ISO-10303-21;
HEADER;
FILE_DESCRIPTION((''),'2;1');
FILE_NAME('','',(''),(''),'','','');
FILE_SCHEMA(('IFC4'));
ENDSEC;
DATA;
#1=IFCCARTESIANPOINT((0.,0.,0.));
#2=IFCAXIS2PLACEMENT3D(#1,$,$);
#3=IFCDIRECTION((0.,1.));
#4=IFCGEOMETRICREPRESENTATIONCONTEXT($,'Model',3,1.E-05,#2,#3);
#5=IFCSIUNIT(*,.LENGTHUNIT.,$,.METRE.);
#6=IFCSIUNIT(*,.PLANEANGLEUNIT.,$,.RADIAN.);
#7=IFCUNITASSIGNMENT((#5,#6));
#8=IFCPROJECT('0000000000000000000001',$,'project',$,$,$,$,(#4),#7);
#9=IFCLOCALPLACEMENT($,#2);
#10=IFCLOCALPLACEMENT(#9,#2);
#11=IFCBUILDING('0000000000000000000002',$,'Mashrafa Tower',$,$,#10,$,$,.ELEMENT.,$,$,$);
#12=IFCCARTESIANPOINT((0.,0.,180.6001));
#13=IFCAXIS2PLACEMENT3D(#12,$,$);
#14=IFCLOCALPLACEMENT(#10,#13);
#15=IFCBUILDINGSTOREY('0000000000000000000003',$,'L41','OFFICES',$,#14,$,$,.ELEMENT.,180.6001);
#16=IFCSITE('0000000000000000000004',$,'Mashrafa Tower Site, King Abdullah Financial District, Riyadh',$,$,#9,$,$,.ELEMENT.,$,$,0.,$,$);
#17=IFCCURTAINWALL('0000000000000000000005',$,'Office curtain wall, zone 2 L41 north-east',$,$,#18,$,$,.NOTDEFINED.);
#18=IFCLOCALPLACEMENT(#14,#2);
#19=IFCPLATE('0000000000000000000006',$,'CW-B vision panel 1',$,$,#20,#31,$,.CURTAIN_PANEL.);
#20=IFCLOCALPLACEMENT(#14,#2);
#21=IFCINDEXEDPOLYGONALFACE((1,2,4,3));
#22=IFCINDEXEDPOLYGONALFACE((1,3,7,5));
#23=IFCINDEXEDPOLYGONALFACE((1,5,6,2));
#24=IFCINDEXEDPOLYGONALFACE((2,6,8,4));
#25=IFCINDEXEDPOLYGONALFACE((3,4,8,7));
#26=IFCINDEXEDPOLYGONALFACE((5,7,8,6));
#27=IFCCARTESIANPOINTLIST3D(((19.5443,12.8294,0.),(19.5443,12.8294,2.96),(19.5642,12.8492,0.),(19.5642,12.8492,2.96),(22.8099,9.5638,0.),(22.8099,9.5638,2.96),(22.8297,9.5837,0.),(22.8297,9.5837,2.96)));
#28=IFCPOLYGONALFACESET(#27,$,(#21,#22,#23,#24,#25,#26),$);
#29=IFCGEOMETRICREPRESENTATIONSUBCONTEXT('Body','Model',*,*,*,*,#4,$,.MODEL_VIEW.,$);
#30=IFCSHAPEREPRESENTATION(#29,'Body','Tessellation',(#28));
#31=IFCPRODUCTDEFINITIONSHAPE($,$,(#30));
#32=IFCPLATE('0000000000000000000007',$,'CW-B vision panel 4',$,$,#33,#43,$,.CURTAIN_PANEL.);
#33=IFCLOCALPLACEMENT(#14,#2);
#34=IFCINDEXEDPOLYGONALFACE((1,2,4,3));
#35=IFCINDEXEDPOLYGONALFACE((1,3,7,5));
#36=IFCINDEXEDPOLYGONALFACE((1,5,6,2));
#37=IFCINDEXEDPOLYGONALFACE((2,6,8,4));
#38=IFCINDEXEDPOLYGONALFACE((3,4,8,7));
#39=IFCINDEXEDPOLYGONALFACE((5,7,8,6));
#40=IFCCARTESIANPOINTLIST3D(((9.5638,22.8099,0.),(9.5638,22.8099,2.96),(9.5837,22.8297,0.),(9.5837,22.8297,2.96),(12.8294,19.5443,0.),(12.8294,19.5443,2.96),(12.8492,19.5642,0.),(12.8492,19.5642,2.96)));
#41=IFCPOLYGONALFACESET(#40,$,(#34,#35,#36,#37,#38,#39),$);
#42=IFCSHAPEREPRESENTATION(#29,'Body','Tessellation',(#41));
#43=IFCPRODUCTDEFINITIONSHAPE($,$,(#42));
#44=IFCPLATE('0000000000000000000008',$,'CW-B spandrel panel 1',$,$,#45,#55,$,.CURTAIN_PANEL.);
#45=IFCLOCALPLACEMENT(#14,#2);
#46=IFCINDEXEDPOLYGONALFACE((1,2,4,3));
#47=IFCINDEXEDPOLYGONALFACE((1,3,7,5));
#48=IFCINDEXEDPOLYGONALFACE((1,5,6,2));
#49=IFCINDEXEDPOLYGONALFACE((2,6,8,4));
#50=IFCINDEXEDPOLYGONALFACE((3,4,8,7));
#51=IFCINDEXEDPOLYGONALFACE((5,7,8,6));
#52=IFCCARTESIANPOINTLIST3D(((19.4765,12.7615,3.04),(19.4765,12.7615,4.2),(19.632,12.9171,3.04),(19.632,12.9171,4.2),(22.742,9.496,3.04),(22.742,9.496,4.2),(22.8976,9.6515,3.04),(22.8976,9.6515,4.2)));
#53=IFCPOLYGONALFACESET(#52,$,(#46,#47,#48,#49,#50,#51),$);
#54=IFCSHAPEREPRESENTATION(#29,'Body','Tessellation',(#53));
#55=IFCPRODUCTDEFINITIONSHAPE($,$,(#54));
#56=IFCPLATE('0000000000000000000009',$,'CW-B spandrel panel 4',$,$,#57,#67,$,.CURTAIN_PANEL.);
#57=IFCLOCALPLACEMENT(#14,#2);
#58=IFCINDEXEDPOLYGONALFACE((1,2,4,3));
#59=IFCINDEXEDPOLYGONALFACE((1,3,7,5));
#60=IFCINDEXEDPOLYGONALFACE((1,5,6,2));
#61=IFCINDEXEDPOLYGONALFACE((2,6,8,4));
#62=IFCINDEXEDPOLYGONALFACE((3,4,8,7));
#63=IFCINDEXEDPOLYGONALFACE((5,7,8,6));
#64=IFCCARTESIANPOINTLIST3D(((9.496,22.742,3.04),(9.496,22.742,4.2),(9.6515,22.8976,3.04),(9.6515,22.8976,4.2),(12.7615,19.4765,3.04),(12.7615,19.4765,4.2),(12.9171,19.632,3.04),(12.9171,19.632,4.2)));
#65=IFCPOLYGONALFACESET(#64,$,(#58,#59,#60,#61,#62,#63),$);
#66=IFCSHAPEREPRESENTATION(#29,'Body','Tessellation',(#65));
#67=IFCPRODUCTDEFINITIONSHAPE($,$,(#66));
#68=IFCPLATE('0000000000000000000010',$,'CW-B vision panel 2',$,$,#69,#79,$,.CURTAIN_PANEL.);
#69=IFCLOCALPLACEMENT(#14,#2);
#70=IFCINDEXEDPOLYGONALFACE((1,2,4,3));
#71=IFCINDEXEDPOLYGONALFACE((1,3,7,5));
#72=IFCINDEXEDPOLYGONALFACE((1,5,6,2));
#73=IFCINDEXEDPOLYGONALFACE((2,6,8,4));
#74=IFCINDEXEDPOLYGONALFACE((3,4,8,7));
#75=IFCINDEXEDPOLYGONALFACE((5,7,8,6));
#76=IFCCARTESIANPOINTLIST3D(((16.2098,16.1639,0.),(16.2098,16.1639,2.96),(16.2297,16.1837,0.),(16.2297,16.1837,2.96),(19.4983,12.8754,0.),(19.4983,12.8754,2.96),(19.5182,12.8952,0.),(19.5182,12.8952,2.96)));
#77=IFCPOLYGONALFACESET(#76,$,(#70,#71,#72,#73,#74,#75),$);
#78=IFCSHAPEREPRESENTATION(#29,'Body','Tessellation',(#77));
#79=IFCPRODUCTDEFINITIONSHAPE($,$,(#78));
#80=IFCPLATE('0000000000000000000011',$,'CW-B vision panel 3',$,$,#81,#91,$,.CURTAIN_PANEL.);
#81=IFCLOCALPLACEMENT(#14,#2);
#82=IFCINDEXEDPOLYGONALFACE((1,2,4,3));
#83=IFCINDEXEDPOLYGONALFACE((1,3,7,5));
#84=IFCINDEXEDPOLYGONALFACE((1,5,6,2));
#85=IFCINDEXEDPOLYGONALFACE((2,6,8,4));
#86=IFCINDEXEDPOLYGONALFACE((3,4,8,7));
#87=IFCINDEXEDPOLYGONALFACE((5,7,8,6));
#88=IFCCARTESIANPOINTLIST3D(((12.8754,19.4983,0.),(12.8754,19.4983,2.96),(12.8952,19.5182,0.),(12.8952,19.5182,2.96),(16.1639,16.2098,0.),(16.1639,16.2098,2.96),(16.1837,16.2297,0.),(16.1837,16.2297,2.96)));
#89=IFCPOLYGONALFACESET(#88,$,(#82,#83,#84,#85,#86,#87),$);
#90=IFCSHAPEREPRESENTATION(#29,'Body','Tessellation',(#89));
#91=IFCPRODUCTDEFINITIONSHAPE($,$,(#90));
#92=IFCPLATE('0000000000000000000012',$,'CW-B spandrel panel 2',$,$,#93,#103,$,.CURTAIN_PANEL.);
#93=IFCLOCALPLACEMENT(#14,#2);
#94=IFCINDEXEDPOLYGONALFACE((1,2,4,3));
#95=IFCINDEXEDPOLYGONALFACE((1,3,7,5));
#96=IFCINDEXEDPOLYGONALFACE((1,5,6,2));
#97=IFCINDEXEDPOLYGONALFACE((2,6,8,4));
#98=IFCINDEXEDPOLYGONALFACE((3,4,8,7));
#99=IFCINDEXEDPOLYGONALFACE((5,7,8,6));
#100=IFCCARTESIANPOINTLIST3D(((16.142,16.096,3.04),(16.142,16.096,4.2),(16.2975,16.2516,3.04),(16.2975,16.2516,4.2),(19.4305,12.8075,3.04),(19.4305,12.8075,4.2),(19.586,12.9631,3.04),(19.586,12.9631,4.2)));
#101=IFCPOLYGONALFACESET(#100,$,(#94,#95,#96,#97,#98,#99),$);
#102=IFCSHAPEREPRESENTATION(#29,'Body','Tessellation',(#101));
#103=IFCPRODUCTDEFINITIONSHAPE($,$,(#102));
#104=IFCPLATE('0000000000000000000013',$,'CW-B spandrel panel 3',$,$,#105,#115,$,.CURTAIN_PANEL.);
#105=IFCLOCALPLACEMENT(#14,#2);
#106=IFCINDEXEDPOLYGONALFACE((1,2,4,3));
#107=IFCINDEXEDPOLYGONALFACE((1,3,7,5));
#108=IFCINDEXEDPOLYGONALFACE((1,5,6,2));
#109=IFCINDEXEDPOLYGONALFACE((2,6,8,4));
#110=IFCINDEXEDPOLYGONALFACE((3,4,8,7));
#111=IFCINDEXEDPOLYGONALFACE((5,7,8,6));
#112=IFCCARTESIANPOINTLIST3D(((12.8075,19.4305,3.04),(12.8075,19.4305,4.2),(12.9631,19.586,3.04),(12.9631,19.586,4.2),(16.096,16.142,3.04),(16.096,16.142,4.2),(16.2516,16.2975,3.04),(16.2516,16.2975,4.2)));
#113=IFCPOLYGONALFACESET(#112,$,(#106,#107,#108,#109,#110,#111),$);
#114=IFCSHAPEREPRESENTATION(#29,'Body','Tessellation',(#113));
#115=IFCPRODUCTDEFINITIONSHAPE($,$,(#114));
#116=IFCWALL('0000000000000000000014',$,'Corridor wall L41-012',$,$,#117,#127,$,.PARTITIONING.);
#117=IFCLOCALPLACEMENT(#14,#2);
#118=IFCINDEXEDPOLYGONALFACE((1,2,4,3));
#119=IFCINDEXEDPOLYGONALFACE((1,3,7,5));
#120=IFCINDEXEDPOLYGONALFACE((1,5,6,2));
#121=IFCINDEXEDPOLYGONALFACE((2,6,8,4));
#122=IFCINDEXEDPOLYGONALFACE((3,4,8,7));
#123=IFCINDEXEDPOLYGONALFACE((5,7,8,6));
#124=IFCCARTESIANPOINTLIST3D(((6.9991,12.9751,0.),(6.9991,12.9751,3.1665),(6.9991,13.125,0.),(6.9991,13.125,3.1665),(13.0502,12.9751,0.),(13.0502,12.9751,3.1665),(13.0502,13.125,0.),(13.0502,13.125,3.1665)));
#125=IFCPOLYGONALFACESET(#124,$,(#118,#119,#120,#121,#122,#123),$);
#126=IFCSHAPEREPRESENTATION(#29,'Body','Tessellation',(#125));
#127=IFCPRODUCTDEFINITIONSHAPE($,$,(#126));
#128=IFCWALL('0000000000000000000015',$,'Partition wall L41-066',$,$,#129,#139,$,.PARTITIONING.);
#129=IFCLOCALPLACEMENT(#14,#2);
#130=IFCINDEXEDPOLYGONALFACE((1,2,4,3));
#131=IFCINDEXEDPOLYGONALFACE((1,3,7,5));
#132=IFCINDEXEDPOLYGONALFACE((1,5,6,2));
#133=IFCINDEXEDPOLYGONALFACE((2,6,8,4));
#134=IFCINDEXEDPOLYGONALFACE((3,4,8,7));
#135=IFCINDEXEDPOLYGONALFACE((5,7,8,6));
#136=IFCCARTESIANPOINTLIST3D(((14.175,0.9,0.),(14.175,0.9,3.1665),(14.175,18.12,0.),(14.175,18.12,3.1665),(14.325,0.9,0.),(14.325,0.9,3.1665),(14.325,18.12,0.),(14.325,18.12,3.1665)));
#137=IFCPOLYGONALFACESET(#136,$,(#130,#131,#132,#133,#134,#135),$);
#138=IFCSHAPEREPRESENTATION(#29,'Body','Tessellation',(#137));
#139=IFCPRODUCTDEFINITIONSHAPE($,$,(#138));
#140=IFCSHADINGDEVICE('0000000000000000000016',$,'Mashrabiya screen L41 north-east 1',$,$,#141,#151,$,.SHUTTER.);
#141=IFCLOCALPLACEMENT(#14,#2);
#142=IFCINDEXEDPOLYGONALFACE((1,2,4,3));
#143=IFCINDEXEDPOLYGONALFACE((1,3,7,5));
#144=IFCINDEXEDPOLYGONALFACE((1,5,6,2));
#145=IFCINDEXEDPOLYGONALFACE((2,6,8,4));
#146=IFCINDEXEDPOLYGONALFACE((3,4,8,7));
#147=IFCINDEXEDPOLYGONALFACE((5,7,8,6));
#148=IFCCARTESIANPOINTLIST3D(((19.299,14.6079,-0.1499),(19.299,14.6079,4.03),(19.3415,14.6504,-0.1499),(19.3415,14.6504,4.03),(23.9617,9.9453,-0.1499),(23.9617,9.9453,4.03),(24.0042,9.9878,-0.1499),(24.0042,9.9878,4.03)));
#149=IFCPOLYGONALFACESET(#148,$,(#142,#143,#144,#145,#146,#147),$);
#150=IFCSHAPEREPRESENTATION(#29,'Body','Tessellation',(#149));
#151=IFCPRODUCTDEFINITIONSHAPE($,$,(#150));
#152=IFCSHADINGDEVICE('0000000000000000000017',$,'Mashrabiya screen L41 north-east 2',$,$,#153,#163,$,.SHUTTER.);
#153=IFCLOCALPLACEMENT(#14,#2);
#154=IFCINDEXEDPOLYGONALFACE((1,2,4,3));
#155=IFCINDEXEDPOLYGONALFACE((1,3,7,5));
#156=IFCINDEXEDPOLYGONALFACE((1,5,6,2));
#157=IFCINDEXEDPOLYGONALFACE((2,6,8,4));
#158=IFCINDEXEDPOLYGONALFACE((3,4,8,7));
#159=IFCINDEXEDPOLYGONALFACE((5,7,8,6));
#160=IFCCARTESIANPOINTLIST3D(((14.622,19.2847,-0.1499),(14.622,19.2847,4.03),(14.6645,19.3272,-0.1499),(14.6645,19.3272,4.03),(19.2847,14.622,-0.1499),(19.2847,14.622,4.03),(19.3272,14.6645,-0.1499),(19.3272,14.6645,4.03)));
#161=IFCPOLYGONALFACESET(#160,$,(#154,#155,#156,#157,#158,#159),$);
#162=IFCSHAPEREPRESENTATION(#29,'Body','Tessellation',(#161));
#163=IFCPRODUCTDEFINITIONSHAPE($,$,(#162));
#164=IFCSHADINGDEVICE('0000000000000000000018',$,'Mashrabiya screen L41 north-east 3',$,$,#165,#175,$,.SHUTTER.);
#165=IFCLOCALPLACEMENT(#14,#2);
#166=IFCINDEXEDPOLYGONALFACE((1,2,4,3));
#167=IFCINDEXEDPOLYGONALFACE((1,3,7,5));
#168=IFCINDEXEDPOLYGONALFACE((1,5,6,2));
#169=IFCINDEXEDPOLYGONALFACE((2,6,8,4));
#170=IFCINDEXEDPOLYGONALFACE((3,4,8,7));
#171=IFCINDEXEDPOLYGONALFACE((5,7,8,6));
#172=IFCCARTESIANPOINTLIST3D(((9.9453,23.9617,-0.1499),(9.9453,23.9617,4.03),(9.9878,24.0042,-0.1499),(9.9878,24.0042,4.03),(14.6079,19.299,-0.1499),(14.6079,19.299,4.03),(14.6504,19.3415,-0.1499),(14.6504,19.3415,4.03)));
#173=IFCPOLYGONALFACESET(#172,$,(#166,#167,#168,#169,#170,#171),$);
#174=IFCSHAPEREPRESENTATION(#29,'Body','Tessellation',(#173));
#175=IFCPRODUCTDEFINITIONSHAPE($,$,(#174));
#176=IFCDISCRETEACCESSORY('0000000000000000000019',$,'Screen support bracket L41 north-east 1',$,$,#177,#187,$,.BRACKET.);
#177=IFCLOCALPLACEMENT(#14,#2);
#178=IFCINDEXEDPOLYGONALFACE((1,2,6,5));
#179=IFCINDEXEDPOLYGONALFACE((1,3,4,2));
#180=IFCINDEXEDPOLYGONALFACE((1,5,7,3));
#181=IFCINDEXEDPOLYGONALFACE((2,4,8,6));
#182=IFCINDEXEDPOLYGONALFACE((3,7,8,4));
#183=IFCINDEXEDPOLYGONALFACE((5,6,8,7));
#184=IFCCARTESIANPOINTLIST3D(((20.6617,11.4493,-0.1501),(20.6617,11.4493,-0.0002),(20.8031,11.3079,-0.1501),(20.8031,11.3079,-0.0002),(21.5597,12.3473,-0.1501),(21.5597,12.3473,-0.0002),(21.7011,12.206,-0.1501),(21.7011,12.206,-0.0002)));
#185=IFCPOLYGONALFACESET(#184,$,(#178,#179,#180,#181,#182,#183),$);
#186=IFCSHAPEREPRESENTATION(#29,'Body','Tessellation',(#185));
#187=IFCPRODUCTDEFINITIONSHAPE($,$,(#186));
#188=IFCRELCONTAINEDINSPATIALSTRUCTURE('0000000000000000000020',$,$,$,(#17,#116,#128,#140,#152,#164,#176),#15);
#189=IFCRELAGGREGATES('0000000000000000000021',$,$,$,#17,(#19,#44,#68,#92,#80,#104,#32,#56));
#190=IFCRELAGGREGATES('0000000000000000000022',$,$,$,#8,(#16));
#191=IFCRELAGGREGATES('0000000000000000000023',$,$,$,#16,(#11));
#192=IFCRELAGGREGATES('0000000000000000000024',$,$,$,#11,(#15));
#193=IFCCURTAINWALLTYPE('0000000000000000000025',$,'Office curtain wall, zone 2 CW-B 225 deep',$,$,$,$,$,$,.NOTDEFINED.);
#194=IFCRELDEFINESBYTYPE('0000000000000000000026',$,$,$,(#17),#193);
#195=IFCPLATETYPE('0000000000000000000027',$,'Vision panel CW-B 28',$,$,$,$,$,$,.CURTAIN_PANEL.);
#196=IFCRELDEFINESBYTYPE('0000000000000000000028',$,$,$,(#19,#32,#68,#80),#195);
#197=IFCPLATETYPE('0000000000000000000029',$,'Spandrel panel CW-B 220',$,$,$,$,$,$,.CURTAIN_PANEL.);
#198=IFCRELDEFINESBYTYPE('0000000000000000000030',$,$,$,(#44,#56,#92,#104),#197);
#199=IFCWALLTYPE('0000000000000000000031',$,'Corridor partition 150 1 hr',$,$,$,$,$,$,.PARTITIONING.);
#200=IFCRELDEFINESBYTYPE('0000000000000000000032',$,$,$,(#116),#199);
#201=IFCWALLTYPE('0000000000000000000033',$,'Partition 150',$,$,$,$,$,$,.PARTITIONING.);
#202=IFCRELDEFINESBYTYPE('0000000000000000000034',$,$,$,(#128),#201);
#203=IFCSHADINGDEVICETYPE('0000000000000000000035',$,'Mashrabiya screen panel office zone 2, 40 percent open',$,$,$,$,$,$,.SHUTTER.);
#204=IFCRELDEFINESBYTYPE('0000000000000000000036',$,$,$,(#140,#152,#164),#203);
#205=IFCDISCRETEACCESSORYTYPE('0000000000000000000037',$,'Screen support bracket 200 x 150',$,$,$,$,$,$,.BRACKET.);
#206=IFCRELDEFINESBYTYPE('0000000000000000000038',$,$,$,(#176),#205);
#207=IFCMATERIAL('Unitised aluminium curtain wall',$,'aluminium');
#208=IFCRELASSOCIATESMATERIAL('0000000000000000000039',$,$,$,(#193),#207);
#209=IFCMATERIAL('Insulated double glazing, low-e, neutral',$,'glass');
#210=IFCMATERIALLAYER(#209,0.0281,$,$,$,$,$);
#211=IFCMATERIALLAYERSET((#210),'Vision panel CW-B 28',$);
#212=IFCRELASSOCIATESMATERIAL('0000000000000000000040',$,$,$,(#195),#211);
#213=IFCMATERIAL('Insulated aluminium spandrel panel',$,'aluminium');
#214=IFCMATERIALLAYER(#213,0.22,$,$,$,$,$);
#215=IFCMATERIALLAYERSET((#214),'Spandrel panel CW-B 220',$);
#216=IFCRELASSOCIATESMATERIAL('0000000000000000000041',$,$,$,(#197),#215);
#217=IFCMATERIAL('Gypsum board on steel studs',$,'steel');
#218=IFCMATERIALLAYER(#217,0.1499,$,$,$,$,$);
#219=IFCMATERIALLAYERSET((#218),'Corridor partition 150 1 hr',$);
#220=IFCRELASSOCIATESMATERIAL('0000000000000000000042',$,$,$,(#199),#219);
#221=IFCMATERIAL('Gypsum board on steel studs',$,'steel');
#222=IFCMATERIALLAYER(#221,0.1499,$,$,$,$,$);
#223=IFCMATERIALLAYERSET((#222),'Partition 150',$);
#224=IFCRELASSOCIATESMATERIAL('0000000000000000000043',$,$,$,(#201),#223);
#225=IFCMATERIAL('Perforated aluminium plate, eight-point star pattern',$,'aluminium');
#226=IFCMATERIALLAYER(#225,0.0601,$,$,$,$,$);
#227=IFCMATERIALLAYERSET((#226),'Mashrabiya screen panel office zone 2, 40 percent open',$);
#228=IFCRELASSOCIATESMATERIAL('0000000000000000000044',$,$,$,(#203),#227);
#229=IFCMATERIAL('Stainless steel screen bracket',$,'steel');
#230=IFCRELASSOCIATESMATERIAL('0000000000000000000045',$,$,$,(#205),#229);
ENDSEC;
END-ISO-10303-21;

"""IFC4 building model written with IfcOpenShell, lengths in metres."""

from ifc_helpers import new_model, si_unit, direction, frame, frame_2d, origin, origin_2d, place, context, subcontext, project, spatial, rectangle, extrude, source, transform, mapped, material, layer, layer_set, type_object, type_shapes, element, aggregate, save


model = new_model("IFC4")

# Units and contexts
model_context = context("Model", 3, precision=1e-05, world=origin(), true_north=direction((0.0, 1.0)))
body_context = subcontext(model_context, "Body", "Model", "MODEL_VIEW")
ifc_project = project(units=[si_unit("LENGTHUNIT", "METRE"), si_unit("PLANEANGLEUNIT", "RADIAN")], contexts=[model_context])

# Site, building, storey
site_placement = place(None, origin())
site = spatial("IfcSite", under=ifc_project, at=site_placement, Name="Mashrafa Tower Site, King Abdullah Financial District, Riyadh", CompositionType="ELEMENT", RefElevation=0.0)
building_placement = place(site_placement, origin())
building = spatial("IfcBuilding", under=site, at=building_placement, Name="Mashrafa Tower", CompositionType="ELEMENT")
storey_placement = place(building_placement, frame((0.0, 0.0, 180.6001)))
storey = spatial("IfcBuildingStorey", under=building, at=storey_placement, Name="L41", Description="OFFICES", CompositionType="ELEMENT", Elevation=180.6001)

# Curtain wall, plates
ifc_material_1 = material(Name="Unitised aluminium curtain wall", Category="aluminium")
curtain_wall_type = type_object("IfcCurtainWallType", Name="Office curtain wall, zone 2 CW-B 225 deep", PredefinedType="NOTDEFINED", material=ifc_material_1)
curtain_wall_placement = place(storey_placement, origin())
curtain_wall = element("IfcCurtainWall", 1, at=curtain_wall_placement, inside=storey, type_object=curtain_wall_type, Name="Office curtain wall, zone 2 L41 north-east", PredefinedType="NOTDEFINED")
ifc_material_2 = material(Name="Insulated double glazing, low-e, neutral", Category="glass")
ifc_layer_1 = layer(ifc_material_2, 0.0281)
ifc_layer_set_1 = layer_set([ifc_layer_1], Name="Vision panel CW-B 28")
plate_type_1 = type_object("IfcPlateType", Name="Vision panel CW-B 28", PredefinedType="CURTAIN_PANEL", material=ifc_layer_set_1)
shared_shape_1 = source(origin(), body_context, "Body", "SweptSolid", [
    extrude(rectangle(XDim=4.6182, YDim=0.0281, at=origin_2d()), origin(), (0.0, 0.0, 1.0), 2.96),
])
plate_1_placement = place(storey_placement, frame((21.187, 11.2065, 0.0), z_axis=(0.0, 0.0, 1.0), x_axis=(-0.707107, 0.707107, 0.0)))
plate_1 = element("IfcPlate", 2, at=plate_1_placement, type_object=plate_type_1, Name="CW-B vision panel 1", PredefinedType="CURTAIN_PANEL", context=body_context, shape_type="MappedRepresentation", body=[
    mapped(shared_shape_1, transform((0.0, 0.0, 0.0))),
])
plate_2_placement = place(storey_placement, frame((11.2065, 21.187, 0.0), z_axis=(0.0, 0.0, 1.0), x_axis=(-0.707107, 0.707107, 0.0)))
plate_2 = element("IfcPlate", 3, at=plate_2_placement, type_object=plate_type_1, Name="CW-B vision panel 4", PredefinedType="CURTAIN_PANEL", context=body_context, shape_type="MappedRepresentation", body=[
    mapped(shared_shape_1, transform((0.0, 0.0, 0.0))),
])
ifc_material_3 = material(Name="Insulated aluminium spandrel panel", Category="aluminium")
ifc_layer_2 = layer(ifc_material_3, 0.22)
ifc_layer_set_2 = layer_set([ifc_layer_2], Name="Spandrel panel CW-B 220")
plate_type_2 = type_object("IfcPlateType", Name="Spandrel panel CW-B 220", PredefinedType="CURTAIN_PANEL", material=ifc_layer_set_2)
shared_shape_2 = source(origin(), body_context, "Body", "SweptSolid", [
    extrude(rectangle(XDim=4.6182, YDim=0.22, at=origin_2d()), origin(), (0.0, 0.0, 1.0), 1.1599),
])
plate_3_placement = place(storey_placement, frame((21.187, 11.2065, 3.04), z_axis=(0.0, 0.0, 1.0), x_axis=(-0.707107, 0.707107, 0.0)))
plate_3 = element("IfcPlate", 4, at=plate_3_placement, type_object=plate_type_2, Name="CW-B spandrel panel 1", PredefinedType="CURTAIN_PANEL", context=body_context, shape_type="MappedRepresentation", body=[
    mapped(shared_shape_2, transform((0.0, 0.0, 0.0))),
])
plate_4_placement = place(storey_placement, frame((11.2065, 21.187, 3.04), z_axis=(0.0, 0.0, 1.0), x_axis=(-0.707107, 0.707107, 0.0)))
plate_4 = element("IfcPlate", 5, at=plate_4_placement, type_object=plate_type_2, Name="CW-B spandrel panel 4", PredefinedType="CURTAIN_PANEL", context=body_context, shape_type="MappedRepresentation", body=[
    mapped(shared_shape_2, transform((0.0, 0.0, 0.0))),
])
shared_shape_3 = source(origin(), body_context, "Body", "SweptSolid", [
    extrude(rectangle(XDim=4.6506, YDim=0.0281, at=origin_2d()), origin(), (0.0, 0.0, 1.0), 2.96),
])
type_shapes(plate_type_1, [shared_shape_1, shared_shape_3])
plate_5_placement = place(storey_placement, frame((17.864, 14.5295, 0.0), z_axis=(0.0, 0.0, 1.0), x_axis=(-0.707107, 0.707107, 0.0)))
plate_5 = element("IfcPlate", 6, at=plate_5_placement, type_object=plate_type_1, Name="CW-B vision panel 2", PredefinedType="CURTAIN_PANEL", context=body_context, shape_type="MappedRepresentation", body=[
    mapped(shared_shape_3, transform((0.0, 0.0, 0.0))),
])
plate_6_placement = place(storey_placement, frame((14.5295, 17.864, 0.0), z_axis=(0.0, 0.0, 1.0), x_axis=(-0.707107, 0.707107, 0.0)))
plate_6 = element("IfcPlate", 7, at=plate_6_placement, type_object=plate_type_1, Name="CW-B vision panel 3", PredefinedType="CURTAIN_PANEL", context=body_context, shape_type="MappedRepresentation", body=[
    mapped(shared_shape_3, transform((0.0, 0.0, 0.0))),
])
shared_shape_4 = source(origin(), body_context, "Body", "SweptSolid", [
    extrude(rectangle(XDim=4.6506, YDim=0.22, at=origin_2d()), origin(), (0.0, 0.0, 1.0), 1.1599),
])
type_shapes(plate_type_2, [shared_shape_2, shared_shape_4])
plate_7_placement = place(storey_placement, frame((17.864, 14.5295, 3.04), z_axis=(0.0, 0.0, 1.0), x_axis=(-0.707107, 0.707107, 0.0)))
plate_7 = element("IfcPlate", 8, at=plate_7_placement, type_object=plate_type_2, Name="CW-B spandrel panel 2", PredefinedType="CURTAIN_PANEL", context=body_context, shape_type="MappedRepresentation", body=[
    mapped(shared_shape_4, transform((0.0, 0.0, 0.0))),
])
plate_8_placement = place(storey_placement, frame((14.5295, 17.864, 3.04), z_axis=(0.0, 0.0, 1.0), x_axis=(-0.707107, 0.707107, 0.0)))
plate_8 = element("IfcPlate", 9, at=plate_8_placement, type_object=plate_type_2, Name="CW-B spandrel panel 3", PredefinedType="CURTAIN_PANEL", context=body_context, shape_type="MappedRepresentation", body=[
    mapped(shared_shape_4, transform((0.0, 0.0, 0.0))),
])
aggregate(curtain_wall, [plate_1, plate_3, plate_5, plate_7, plate_6, plate_8, plate_2, plate_4])

# Walls
ifc_material_4 = material(Name="Gypsum board on steel studs", Category="steel")
ifc_layer_3 = layer(ifc_material_4, 0.1499)
ifc_layer_set_3 = layer_set([ifc_layer_3], Name="Corridor partition 150 1 hr")
wall_type_1 = type_object("IfcWallType", Name="Corridor partition 150 1 hr", PredefinedType="PARTITIONING", material=ifc_layer_set_3)
wall_1_placement = place(storey_placement, frame((13.05, 13.05, 0.0), z_axis=(0.0, 0.0, 1.0), x_axis=(-1.0, 0.0, 0.0)))
element("IfcWall", 10, at=wall_1_placement, inside=storey, type_object=wall_type_1, Name="Corridor wall L41-012", PredefinedType="PARTITIONING", context=body_context, shape_type="SweptSolid", body=[
    extrude(rectangle(XDim=6.051, YDim=0.1499, at=frame_2d((3.0254, 0.0))), origin(), (0.0, 0.0, 1.0), 3.1665),
])
ifc_material_5 = material(Name="Gypsum board on steel studs", Category="steel")
ifc_layer_4 = layer(ifc_material_5, 0.1499)
ifc_layer_set_4 = layer_set([ifc_layer_4], Name="Partition 150")
wall_type_2 = type_object("IfcWallType", Name="Partition 150", PredefinedType="PARTITIONING", material=ifc_layer_set_4)
wall_2_placement = place(storey_placement, frame((14.25, 18.1199, 0.0), z_axis=(0.0, 0.0, 1.0), x_axis=(0.0, -1.0, 0.0)))
element("IfcWall", 11, at=wall_2_placement, inside=storey, type_object=wall_type_2, Name="Partition wall L41-066", PredefinedType="PARTITIONING", context=body_context, shape_type="SweptSolid", body=[
    extrude(rectangle(XDim=17.22, YDim=0.1499, at=frame_2d((8.6099, 0.0))), origin(), (0.0, 0.0, 1.0), 3.1665),
])

# Shading devices
ifc_material_6 = material(Name="Perforated aluminium plate, eight-point star pattern", Category="aluminium")
ifc_layer_5 = layer(ifc_material_6, 0.0601)
ifc_layer_set_5 = layer_set([ifc_layer_5], Name="Mashrabiya screen panel office zone 2, 40 percent open")
shading_device_type = type_object("IfcShadingDeviceType", Name="Mashrabiya screen panel office zone 2, 40 percent open", PredefinedType="SHUTTER", material=ifc_layer_set_5)
shared_shape_5 = source(origin(), body_context, "Body", "SweptSolid", [
    extrude(rectangle(XDim=6.594, YDim=0.0601, at=origin_2d()), origin(), (0.0, 0.0, 1.0), 4.1799),
])
type_shapes(shading_device_type, [shared_shape_5])
for number, where, z_axis, x_axis, name in (
    (12, (21.6516, 12.2979, -0.1499), (0.0, 0.0, 1.0), (-0.707107, 0.707107, 0.0), "Mashrabiya screen L41 north-east 1"),
    (13, (16.9746, 16.9746, -0.1499), (0.0, 0.0, 1.0), (-0.707107, 0.707107, 0.0), "Mashrabiya screen L41 north-east 2"),
    (14, (12.2979, 21.6516, -0.1499), (0.0, 0.0, 1.0), (-0.707107, 0.707107, 0.0), "Mashrabiya screen L41 north-east 3"),
):
    element("IfcShadingDevice", number, at=place(storey_placement, frame(where, z_axis=z_axis, x_axis=x_axis)), inside=storey, type_object=shading_device_type, Name=name, PredefinedType="SHUTTER", context=body_context, shape_type="MappedRepresentation", body=[
        mapped(shared_shape_5, transform((0.0, 0.0, 0.0))),
    ])

# Discrete accessory
ifc_material_7 = material(Name="Stainless steel screen bracket", Category="steel")
discrete_accessory_type = type_object("IfcDiscreteAccessoryType", Name="Screen support bracket 200 x 150", PredefinedType="BRACKET", material=ifc_material_7)
shared_shape_6 = source(origin(), body_context, "Body", "SweptSolid", [
    extrude(rectangle(XDim=0.2, YDim=1.27, at=origin_2d()), origin(), (0.0, 0.0, 1.0), 0.1499),
])
type_shapes(discrete_accessory_type, [shared_shape_6])
for number, where, z_axis, x_axis, name in (
    (15, (21.1814, 11.8276, -0.1501), (0.0, 0.0, 1.0), (-0.707107, 0.707107, 0.0), "Screen support bracket L41 north-east 1"),
):
    element("IfcDiscreteAccessory", number, at=place(storey_placement, frame(where, z_axis=z_axis, x_axis=x_axis)), inside=storey, type_object=discrete_accessory_type, Name=name, PredefinedType="BRACKET", context=body_context, shape_type="MappedRepresentation", body=[
        mapped(shared_shape_6, transform((0.0, 0.0, 0.0))),
    ])

save(model, "model.ifc")
